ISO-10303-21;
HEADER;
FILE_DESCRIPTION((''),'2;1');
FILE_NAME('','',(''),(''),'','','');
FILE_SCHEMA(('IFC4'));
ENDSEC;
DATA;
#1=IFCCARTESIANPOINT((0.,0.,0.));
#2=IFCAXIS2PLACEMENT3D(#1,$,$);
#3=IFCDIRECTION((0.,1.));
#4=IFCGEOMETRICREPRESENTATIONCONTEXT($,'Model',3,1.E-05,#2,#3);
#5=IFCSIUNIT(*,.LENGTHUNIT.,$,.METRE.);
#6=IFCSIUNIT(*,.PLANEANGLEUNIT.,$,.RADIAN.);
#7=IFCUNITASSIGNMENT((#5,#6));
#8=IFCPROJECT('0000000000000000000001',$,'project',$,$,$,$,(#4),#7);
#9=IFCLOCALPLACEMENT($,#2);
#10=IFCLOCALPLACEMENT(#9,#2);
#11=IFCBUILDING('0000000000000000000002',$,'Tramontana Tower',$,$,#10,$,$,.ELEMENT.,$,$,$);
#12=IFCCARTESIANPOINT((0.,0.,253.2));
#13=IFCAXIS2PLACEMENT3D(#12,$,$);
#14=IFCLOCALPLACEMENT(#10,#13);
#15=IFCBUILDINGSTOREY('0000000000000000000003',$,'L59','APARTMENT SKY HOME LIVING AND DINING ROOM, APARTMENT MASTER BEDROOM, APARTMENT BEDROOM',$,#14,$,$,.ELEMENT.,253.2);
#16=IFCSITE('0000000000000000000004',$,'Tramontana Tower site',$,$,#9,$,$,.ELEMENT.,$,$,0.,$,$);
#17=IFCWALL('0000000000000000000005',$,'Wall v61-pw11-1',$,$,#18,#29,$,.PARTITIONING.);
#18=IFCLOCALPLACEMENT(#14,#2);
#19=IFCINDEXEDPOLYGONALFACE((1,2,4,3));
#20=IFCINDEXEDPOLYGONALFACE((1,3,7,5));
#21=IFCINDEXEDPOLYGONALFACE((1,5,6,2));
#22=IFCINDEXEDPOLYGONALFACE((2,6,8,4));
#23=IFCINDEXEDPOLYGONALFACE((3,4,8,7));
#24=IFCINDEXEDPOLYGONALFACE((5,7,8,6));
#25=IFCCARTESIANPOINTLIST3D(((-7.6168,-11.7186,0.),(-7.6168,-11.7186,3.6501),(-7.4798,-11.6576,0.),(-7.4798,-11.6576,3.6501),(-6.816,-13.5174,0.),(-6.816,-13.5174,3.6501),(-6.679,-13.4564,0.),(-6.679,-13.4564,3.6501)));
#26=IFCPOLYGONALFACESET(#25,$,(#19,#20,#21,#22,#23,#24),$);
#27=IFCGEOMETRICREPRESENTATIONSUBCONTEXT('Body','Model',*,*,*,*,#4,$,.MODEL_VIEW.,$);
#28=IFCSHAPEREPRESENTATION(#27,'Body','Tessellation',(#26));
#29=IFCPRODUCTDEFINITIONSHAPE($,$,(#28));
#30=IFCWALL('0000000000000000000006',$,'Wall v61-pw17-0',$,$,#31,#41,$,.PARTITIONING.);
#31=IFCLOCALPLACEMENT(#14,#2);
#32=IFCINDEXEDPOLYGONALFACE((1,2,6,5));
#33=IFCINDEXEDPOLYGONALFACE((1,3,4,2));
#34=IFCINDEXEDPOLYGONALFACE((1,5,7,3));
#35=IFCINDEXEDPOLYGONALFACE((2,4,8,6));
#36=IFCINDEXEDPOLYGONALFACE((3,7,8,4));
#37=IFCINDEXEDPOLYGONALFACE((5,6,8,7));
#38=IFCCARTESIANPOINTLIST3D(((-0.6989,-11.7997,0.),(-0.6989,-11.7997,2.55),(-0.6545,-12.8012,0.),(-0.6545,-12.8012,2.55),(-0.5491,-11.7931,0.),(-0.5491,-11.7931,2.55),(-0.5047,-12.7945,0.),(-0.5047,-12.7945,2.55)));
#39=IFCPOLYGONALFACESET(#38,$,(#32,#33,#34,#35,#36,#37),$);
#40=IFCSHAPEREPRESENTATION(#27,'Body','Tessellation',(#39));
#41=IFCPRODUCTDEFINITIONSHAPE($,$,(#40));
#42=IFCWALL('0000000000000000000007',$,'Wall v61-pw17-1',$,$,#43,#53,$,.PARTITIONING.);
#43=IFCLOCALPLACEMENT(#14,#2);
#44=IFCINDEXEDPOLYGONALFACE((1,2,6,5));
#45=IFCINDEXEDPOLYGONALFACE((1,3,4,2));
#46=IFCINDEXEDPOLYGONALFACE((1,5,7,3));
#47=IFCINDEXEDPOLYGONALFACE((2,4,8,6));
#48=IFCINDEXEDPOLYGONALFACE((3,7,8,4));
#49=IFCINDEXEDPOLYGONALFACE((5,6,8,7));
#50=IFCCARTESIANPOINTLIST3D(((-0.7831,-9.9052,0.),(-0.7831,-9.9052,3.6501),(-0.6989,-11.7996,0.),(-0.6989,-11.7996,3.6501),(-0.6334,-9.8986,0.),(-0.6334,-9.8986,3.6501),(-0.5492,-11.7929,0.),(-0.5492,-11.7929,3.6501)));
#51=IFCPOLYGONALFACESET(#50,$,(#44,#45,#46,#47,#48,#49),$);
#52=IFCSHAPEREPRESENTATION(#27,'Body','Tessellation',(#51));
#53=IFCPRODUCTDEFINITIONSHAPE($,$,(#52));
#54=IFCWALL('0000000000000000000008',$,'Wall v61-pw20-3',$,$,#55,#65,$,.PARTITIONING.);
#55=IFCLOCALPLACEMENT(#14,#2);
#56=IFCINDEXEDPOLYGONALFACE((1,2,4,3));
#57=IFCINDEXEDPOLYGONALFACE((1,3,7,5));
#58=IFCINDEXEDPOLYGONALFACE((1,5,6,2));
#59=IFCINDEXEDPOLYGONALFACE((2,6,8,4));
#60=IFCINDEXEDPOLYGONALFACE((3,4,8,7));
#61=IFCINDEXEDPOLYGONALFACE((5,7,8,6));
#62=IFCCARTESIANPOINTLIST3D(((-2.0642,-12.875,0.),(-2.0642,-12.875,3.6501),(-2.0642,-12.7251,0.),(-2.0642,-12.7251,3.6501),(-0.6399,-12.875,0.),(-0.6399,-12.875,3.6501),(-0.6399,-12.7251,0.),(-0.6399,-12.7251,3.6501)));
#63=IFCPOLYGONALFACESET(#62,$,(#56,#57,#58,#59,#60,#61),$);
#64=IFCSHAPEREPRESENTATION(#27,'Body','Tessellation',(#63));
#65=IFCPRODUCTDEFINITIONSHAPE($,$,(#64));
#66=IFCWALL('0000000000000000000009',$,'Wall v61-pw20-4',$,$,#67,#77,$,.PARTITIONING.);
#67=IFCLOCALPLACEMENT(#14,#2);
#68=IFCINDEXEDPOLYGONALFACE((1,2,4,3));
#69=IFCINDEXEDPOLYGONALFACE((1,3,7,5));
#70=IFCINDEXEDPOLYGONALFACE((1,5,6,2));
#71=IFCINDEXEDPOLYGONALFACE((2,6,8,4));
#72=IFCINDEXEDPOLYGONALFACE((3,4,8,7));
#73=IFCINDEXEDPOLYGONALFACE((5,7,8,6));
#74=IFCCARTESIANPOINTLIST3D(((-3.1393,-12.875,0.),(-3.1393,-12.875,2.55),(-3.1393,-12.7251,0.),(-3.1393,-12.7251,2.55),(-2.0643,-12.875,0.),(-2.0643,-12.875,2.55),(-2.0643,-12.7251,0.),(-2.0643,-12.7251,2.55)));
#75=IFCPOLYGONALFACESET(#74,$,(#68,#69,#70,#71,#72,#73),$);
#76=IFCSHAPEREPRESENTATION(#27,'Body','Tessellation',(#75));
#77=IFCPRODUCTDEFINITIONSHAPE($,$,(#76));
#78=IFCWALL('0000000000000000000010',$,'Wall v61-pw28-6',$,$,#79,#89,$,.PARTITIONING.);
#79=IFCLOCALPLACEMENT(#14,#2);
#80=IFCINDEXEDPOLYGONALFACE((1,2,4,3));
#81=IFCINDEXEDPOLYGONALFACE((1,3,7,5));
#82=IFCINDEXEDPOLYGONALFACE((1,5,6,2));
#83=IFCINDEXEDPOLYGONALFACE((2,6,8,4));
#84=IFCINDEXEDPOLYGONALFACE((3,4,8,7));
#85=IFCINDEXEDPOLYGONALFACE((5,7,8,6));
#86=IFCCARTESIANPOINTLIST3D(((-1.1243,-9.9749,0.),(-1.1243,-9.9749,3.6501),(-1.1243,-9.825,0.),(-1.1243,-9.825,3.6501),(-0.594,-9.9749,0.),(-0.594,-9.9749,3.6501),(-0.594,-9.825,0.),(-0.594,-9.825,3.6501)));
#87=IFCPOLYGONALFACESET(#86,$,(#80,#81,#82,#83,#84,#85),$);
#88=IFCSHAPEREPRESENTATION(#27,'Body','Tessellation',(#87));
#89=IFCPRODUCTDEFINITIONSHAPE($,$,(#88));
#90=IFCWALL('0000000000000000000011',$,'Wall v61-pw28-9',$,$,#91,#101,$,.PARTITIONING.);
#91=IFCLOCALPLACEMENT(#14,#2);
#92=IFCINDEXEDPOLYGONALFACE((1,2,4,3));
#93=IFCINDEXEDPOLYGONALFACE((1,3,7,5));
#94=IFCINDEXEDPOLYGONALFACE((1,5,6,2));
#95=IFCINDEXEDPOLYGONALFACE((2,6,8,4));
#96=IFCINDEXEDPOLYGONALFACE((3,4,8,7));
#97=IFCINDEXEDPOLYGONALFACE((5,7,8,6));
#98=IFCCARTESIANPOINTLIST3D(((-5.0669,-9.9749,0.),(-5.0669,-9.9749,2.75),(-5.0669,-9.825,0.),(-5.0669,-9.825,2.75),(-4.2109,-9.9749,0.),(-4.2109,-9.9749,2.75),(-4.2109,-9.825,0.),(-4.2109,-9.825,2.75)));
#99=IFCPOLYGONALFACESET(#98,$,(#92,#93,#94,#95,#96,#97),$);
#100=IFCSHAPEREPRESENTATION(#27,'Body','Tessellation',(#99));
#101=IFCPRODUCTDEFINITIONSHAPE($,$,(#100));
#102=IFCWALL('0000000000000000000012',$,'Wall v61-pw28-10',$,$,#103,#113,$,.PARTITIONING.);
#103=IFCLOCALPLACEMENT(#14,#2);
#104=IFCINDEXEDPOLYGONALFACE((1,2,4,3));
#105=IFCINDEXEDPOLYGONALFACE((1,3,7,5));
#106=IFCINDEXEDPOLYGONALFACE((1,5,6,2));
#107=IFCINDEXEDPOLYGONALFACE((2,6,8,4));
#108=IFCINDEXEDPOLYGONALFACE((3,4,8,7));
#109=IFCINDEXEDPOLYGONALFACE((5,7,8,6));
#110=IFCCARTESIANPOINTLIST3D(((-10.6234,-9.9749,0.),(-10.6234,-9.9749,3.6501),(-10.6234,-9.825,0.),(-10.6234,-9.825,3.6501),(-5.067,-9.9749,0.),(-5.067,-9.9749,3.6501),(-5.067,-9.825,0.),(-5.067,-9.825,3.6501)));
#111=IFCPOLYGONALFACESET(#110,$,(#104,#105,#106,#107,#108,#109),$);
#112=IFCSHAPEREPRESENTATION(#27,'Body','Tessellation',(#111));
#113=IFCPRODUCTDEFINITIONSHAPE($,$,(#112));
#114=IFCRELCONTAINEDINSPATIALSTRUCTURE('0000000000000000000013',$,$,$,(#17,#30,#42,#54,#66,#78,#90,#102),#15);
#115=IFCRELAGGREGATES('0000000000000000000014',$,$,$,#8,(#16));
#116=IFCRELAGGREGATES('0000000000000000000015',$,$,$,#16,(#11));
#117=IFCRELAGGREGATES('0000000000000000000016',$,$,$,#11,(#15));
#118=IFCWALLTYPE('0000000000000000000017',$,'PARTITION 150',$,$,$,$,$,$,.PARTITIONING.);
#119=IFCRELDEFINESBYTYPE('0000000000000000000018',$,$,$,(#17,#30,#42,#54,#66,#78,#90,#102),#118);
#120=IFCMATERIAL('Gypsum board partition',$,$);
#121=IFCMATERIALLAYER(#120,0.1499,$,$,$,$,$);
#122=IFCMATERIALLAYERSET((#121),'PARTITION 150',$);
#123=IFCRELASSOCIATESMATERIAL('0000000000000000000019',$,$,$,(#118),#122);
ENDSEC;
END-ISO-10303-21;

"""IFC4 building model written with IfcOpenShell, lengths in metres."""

from ifc_helpers import new_model, si_unit, direction, frame, frame_2d, origin, place, context, subcontext, project, spatial, rectangle, extrude, material, layer, layer_set, type_object, element, save


model = new_model("IFC4")

# Units and contexts
model_context = context("Model", 3, precision=1e-05, world=origin(), true_north=direction((0.0, 1.0)))
body_context = subcontext(model_context, "Body", "Model", "MODEL_VIEW")
ifc_project = project(units=[si_unit("LENGTHUNIT", "METRE"), si_unit("PLANEANGLEUNIT", "RADIAN")], contexts=[model_context])

# Site, building, storey
site_placement = place(None, origin())
site = spatial("IfcSite", under=ifc_project, at=site_placement, Name="Tramontana Tower site", CompositionType="ELEMENT", RefElevation=0.0)
building_placement = place(site_placement, origin())
building = spatial("IfcBuilding", under=site, at=building_placement, Name="Tramontana Tower", CompositionType="ELEMENT")
storey_placement = place(building_placement, frame((0.0, 0.0, 253.2)))
storey = spatial("IfcBuildingStorey", under=building, at=storey_placement, Name="L59", Description="APARTMENT SKY HOME LIVING AND DINING ROOM, APARTMENT MASTER BEDROOM, APARTMENT BEDROOM", CompositionType="ELEMENT", Elevation=253.2)

# Shared definitions
ifc_material_1 = material(Name="Gypsum board partition")
ifc_layer_1 = layer(ifc_material_1, 0.1499)
ifc_layer_set_1 = layer_set([ifc_layer_1], Name="PARTITION 150")
wall_type_1 = type_object("IfcWallType", Name="PARTITION 150", PredefinedType="PARTITIONING", material=ifc_layer_set_1)

# Wall
wall_1_placement = place(storey_placement, frame((-6.7476, -13.4868, 0.0), z_axis=(0.0, 0.0, 1.0), x_axis=(-0.406691, 0.913566, 0.0)))
element("IfcWall", 1, at=wall_1_placement, inside=storey, type_object=wall_type_1, Name="Wall v61-pw11-1", PredefinedType="PARTITIONING", context=body_context, shape_type="SweptSolid", body=[
    extrude(rectangle(XDim=1.969, YDim=0.1499, at=frame_2d((0.9844, 0.0))), origin(), (0.0, 0.0, 1.0), 3.6501),
])

# Walls
wall_2_placement = place(storey_placement, frame((-0.5796, -12.7979, 0.0), z_axis=(0.0, 0.0, 1.0), x_axis=(-0.044325, 0.999017, 0.0)))
element("IfcWall", 2, at=wall_2_placement, inside=storey, type_object=wall_type_1, Name="Wall v61-pw17-0", PredefinedType="PARTITIONING", context=body_context, shape_type="SweptSolid", body=[
    extrude(rectangle(XDim=1.0024, YDim=0.1499, at=frame_2d((0.5012, 0.0))), origin(), (0.0, 0.0, 1.0), 2.55),
])
wall_3_placement = place(storey_placement, frame((-0.624, -11.7964, 0.0), z_axis=(0.0, 0.0, 1.0), x_axis=(-0.044421, 0.999013, 0.0)))
element("IfcWall", 3, at=wall_3_placement, inside=storey, type_object=wall_type_1, Name="Wall v61-pw17-1", PredefinedType="PARTITIONING", context=body_context, shape_type="SweptSolid", body=[
    extrude(rectangle(XDim=1.8962, YDim=0.1499, at=frame_2d((0.9482, 0.0))), origin(), (0.0, 0.0, 1.0), 3.6501),
])
wall_4_placement = place(storey_placement, frame((-0.6399, -12.8, 0.0), z_axis=(0.0, 0.0, 1.0), x_axis=(-1.0, 0.0, 0.0)))
element("IfcWall", 4, at=wall_4_placement, inside=storey, type_object=wall_type_1, Name="Wall v61-pw20-3", PredefinedType="PARTITIONING", context=body_context, shape_type="SweptSolid", body=[
    extrude(rectangle(XDim=1.4243, YDim=0.1499, at=frame_2d((0.7122, 0.0))), origin(), (0.0, 0.0, 1.0), 3.6501),
])
wall_5_placement = place(storey_placement, frame((-2.0642, -12.8, 0.0), z_axis=(0.0, 0.0, 1.0), x_axis=(-1.0, 0.0, 0.0)))
element("IfcWall", 5, at=wall_5_placement, inside=storey, type_object=wall_type_1, Name="Wall v61-pw20-4", PredefinedType="PARTITIONING", context=body_context, shape_type="SweptSolid", body=[
    extrude(rectangle(XDim=1.075, YDim=0.1499, at=frame_2d((0.5376, 0.0))), origin(), (0.0, 0.0, 1.0), 2.55),
])
wall_6_placement = place(storey_placement, frame((-0.594, -9.8999, 0.0), z_axis=(0.0, 0.0, 1.0), x_axis=(-1.0, 0.0, 0.0)))
element("IfcWall", 6, at=wall_6_placement, inside=storey, type_object=wall_type_1, Name="Wall v61-pw28-6", PredefinedType="PARTITIONING", context=body_context, shape_type="SweptSolid", body=[
    extrude(rectangle(XDim=0.5303, YDim=0.1499, at=frame_2d((0.2651, 0.0))), origin(), (0.0, 0.0, 1.0), 3.6501),
])

# Walls
wall_7_placement = place(storey_placement, frame((-4.2109, -9.8999, 0.0), z_axis=(0.0, 0.0, 1.0), x_axis=(-1.0, 0.0, 0.0)))
element("IfcWall", 7, at=wall_7_placement, inside=storey, type_object=wall_type_1, Name="Wall v61-pw28-9", PredefinedType="PARTITIONING", context=body_context, shape_type="SweptSolid", body=[
    extrude(rectangle(XDim=0.856, YDim=0.1499, at=frame_2d((0.428, 0.0))), origin(), (0.0, 0.0, 1.0), 2.75),
])
wall_8_placement = place(storey_placement, frame((-5.0669, -9.8999, 0.0), z_axis=(0.0, 0.0, 1.0), x_axis=(-1.0, 0.0, 0.0)))
element("IfcWall", 8, at=wall_8_placement, inside=storey, type_object=wall_type_1, Name="Wall v61-pw28-10", PredefinedType="PARTITIONING", context=body_context, shape_type="SweptSolid", body=[
    extrude(rectangle(XDim=5.5564, YDim=0.1499, at=frame_2d((2.7783, 0.0))), origin(), (0.0, 0.0, 1.0), 3.6501),
])

save(model, "model.ifc")
